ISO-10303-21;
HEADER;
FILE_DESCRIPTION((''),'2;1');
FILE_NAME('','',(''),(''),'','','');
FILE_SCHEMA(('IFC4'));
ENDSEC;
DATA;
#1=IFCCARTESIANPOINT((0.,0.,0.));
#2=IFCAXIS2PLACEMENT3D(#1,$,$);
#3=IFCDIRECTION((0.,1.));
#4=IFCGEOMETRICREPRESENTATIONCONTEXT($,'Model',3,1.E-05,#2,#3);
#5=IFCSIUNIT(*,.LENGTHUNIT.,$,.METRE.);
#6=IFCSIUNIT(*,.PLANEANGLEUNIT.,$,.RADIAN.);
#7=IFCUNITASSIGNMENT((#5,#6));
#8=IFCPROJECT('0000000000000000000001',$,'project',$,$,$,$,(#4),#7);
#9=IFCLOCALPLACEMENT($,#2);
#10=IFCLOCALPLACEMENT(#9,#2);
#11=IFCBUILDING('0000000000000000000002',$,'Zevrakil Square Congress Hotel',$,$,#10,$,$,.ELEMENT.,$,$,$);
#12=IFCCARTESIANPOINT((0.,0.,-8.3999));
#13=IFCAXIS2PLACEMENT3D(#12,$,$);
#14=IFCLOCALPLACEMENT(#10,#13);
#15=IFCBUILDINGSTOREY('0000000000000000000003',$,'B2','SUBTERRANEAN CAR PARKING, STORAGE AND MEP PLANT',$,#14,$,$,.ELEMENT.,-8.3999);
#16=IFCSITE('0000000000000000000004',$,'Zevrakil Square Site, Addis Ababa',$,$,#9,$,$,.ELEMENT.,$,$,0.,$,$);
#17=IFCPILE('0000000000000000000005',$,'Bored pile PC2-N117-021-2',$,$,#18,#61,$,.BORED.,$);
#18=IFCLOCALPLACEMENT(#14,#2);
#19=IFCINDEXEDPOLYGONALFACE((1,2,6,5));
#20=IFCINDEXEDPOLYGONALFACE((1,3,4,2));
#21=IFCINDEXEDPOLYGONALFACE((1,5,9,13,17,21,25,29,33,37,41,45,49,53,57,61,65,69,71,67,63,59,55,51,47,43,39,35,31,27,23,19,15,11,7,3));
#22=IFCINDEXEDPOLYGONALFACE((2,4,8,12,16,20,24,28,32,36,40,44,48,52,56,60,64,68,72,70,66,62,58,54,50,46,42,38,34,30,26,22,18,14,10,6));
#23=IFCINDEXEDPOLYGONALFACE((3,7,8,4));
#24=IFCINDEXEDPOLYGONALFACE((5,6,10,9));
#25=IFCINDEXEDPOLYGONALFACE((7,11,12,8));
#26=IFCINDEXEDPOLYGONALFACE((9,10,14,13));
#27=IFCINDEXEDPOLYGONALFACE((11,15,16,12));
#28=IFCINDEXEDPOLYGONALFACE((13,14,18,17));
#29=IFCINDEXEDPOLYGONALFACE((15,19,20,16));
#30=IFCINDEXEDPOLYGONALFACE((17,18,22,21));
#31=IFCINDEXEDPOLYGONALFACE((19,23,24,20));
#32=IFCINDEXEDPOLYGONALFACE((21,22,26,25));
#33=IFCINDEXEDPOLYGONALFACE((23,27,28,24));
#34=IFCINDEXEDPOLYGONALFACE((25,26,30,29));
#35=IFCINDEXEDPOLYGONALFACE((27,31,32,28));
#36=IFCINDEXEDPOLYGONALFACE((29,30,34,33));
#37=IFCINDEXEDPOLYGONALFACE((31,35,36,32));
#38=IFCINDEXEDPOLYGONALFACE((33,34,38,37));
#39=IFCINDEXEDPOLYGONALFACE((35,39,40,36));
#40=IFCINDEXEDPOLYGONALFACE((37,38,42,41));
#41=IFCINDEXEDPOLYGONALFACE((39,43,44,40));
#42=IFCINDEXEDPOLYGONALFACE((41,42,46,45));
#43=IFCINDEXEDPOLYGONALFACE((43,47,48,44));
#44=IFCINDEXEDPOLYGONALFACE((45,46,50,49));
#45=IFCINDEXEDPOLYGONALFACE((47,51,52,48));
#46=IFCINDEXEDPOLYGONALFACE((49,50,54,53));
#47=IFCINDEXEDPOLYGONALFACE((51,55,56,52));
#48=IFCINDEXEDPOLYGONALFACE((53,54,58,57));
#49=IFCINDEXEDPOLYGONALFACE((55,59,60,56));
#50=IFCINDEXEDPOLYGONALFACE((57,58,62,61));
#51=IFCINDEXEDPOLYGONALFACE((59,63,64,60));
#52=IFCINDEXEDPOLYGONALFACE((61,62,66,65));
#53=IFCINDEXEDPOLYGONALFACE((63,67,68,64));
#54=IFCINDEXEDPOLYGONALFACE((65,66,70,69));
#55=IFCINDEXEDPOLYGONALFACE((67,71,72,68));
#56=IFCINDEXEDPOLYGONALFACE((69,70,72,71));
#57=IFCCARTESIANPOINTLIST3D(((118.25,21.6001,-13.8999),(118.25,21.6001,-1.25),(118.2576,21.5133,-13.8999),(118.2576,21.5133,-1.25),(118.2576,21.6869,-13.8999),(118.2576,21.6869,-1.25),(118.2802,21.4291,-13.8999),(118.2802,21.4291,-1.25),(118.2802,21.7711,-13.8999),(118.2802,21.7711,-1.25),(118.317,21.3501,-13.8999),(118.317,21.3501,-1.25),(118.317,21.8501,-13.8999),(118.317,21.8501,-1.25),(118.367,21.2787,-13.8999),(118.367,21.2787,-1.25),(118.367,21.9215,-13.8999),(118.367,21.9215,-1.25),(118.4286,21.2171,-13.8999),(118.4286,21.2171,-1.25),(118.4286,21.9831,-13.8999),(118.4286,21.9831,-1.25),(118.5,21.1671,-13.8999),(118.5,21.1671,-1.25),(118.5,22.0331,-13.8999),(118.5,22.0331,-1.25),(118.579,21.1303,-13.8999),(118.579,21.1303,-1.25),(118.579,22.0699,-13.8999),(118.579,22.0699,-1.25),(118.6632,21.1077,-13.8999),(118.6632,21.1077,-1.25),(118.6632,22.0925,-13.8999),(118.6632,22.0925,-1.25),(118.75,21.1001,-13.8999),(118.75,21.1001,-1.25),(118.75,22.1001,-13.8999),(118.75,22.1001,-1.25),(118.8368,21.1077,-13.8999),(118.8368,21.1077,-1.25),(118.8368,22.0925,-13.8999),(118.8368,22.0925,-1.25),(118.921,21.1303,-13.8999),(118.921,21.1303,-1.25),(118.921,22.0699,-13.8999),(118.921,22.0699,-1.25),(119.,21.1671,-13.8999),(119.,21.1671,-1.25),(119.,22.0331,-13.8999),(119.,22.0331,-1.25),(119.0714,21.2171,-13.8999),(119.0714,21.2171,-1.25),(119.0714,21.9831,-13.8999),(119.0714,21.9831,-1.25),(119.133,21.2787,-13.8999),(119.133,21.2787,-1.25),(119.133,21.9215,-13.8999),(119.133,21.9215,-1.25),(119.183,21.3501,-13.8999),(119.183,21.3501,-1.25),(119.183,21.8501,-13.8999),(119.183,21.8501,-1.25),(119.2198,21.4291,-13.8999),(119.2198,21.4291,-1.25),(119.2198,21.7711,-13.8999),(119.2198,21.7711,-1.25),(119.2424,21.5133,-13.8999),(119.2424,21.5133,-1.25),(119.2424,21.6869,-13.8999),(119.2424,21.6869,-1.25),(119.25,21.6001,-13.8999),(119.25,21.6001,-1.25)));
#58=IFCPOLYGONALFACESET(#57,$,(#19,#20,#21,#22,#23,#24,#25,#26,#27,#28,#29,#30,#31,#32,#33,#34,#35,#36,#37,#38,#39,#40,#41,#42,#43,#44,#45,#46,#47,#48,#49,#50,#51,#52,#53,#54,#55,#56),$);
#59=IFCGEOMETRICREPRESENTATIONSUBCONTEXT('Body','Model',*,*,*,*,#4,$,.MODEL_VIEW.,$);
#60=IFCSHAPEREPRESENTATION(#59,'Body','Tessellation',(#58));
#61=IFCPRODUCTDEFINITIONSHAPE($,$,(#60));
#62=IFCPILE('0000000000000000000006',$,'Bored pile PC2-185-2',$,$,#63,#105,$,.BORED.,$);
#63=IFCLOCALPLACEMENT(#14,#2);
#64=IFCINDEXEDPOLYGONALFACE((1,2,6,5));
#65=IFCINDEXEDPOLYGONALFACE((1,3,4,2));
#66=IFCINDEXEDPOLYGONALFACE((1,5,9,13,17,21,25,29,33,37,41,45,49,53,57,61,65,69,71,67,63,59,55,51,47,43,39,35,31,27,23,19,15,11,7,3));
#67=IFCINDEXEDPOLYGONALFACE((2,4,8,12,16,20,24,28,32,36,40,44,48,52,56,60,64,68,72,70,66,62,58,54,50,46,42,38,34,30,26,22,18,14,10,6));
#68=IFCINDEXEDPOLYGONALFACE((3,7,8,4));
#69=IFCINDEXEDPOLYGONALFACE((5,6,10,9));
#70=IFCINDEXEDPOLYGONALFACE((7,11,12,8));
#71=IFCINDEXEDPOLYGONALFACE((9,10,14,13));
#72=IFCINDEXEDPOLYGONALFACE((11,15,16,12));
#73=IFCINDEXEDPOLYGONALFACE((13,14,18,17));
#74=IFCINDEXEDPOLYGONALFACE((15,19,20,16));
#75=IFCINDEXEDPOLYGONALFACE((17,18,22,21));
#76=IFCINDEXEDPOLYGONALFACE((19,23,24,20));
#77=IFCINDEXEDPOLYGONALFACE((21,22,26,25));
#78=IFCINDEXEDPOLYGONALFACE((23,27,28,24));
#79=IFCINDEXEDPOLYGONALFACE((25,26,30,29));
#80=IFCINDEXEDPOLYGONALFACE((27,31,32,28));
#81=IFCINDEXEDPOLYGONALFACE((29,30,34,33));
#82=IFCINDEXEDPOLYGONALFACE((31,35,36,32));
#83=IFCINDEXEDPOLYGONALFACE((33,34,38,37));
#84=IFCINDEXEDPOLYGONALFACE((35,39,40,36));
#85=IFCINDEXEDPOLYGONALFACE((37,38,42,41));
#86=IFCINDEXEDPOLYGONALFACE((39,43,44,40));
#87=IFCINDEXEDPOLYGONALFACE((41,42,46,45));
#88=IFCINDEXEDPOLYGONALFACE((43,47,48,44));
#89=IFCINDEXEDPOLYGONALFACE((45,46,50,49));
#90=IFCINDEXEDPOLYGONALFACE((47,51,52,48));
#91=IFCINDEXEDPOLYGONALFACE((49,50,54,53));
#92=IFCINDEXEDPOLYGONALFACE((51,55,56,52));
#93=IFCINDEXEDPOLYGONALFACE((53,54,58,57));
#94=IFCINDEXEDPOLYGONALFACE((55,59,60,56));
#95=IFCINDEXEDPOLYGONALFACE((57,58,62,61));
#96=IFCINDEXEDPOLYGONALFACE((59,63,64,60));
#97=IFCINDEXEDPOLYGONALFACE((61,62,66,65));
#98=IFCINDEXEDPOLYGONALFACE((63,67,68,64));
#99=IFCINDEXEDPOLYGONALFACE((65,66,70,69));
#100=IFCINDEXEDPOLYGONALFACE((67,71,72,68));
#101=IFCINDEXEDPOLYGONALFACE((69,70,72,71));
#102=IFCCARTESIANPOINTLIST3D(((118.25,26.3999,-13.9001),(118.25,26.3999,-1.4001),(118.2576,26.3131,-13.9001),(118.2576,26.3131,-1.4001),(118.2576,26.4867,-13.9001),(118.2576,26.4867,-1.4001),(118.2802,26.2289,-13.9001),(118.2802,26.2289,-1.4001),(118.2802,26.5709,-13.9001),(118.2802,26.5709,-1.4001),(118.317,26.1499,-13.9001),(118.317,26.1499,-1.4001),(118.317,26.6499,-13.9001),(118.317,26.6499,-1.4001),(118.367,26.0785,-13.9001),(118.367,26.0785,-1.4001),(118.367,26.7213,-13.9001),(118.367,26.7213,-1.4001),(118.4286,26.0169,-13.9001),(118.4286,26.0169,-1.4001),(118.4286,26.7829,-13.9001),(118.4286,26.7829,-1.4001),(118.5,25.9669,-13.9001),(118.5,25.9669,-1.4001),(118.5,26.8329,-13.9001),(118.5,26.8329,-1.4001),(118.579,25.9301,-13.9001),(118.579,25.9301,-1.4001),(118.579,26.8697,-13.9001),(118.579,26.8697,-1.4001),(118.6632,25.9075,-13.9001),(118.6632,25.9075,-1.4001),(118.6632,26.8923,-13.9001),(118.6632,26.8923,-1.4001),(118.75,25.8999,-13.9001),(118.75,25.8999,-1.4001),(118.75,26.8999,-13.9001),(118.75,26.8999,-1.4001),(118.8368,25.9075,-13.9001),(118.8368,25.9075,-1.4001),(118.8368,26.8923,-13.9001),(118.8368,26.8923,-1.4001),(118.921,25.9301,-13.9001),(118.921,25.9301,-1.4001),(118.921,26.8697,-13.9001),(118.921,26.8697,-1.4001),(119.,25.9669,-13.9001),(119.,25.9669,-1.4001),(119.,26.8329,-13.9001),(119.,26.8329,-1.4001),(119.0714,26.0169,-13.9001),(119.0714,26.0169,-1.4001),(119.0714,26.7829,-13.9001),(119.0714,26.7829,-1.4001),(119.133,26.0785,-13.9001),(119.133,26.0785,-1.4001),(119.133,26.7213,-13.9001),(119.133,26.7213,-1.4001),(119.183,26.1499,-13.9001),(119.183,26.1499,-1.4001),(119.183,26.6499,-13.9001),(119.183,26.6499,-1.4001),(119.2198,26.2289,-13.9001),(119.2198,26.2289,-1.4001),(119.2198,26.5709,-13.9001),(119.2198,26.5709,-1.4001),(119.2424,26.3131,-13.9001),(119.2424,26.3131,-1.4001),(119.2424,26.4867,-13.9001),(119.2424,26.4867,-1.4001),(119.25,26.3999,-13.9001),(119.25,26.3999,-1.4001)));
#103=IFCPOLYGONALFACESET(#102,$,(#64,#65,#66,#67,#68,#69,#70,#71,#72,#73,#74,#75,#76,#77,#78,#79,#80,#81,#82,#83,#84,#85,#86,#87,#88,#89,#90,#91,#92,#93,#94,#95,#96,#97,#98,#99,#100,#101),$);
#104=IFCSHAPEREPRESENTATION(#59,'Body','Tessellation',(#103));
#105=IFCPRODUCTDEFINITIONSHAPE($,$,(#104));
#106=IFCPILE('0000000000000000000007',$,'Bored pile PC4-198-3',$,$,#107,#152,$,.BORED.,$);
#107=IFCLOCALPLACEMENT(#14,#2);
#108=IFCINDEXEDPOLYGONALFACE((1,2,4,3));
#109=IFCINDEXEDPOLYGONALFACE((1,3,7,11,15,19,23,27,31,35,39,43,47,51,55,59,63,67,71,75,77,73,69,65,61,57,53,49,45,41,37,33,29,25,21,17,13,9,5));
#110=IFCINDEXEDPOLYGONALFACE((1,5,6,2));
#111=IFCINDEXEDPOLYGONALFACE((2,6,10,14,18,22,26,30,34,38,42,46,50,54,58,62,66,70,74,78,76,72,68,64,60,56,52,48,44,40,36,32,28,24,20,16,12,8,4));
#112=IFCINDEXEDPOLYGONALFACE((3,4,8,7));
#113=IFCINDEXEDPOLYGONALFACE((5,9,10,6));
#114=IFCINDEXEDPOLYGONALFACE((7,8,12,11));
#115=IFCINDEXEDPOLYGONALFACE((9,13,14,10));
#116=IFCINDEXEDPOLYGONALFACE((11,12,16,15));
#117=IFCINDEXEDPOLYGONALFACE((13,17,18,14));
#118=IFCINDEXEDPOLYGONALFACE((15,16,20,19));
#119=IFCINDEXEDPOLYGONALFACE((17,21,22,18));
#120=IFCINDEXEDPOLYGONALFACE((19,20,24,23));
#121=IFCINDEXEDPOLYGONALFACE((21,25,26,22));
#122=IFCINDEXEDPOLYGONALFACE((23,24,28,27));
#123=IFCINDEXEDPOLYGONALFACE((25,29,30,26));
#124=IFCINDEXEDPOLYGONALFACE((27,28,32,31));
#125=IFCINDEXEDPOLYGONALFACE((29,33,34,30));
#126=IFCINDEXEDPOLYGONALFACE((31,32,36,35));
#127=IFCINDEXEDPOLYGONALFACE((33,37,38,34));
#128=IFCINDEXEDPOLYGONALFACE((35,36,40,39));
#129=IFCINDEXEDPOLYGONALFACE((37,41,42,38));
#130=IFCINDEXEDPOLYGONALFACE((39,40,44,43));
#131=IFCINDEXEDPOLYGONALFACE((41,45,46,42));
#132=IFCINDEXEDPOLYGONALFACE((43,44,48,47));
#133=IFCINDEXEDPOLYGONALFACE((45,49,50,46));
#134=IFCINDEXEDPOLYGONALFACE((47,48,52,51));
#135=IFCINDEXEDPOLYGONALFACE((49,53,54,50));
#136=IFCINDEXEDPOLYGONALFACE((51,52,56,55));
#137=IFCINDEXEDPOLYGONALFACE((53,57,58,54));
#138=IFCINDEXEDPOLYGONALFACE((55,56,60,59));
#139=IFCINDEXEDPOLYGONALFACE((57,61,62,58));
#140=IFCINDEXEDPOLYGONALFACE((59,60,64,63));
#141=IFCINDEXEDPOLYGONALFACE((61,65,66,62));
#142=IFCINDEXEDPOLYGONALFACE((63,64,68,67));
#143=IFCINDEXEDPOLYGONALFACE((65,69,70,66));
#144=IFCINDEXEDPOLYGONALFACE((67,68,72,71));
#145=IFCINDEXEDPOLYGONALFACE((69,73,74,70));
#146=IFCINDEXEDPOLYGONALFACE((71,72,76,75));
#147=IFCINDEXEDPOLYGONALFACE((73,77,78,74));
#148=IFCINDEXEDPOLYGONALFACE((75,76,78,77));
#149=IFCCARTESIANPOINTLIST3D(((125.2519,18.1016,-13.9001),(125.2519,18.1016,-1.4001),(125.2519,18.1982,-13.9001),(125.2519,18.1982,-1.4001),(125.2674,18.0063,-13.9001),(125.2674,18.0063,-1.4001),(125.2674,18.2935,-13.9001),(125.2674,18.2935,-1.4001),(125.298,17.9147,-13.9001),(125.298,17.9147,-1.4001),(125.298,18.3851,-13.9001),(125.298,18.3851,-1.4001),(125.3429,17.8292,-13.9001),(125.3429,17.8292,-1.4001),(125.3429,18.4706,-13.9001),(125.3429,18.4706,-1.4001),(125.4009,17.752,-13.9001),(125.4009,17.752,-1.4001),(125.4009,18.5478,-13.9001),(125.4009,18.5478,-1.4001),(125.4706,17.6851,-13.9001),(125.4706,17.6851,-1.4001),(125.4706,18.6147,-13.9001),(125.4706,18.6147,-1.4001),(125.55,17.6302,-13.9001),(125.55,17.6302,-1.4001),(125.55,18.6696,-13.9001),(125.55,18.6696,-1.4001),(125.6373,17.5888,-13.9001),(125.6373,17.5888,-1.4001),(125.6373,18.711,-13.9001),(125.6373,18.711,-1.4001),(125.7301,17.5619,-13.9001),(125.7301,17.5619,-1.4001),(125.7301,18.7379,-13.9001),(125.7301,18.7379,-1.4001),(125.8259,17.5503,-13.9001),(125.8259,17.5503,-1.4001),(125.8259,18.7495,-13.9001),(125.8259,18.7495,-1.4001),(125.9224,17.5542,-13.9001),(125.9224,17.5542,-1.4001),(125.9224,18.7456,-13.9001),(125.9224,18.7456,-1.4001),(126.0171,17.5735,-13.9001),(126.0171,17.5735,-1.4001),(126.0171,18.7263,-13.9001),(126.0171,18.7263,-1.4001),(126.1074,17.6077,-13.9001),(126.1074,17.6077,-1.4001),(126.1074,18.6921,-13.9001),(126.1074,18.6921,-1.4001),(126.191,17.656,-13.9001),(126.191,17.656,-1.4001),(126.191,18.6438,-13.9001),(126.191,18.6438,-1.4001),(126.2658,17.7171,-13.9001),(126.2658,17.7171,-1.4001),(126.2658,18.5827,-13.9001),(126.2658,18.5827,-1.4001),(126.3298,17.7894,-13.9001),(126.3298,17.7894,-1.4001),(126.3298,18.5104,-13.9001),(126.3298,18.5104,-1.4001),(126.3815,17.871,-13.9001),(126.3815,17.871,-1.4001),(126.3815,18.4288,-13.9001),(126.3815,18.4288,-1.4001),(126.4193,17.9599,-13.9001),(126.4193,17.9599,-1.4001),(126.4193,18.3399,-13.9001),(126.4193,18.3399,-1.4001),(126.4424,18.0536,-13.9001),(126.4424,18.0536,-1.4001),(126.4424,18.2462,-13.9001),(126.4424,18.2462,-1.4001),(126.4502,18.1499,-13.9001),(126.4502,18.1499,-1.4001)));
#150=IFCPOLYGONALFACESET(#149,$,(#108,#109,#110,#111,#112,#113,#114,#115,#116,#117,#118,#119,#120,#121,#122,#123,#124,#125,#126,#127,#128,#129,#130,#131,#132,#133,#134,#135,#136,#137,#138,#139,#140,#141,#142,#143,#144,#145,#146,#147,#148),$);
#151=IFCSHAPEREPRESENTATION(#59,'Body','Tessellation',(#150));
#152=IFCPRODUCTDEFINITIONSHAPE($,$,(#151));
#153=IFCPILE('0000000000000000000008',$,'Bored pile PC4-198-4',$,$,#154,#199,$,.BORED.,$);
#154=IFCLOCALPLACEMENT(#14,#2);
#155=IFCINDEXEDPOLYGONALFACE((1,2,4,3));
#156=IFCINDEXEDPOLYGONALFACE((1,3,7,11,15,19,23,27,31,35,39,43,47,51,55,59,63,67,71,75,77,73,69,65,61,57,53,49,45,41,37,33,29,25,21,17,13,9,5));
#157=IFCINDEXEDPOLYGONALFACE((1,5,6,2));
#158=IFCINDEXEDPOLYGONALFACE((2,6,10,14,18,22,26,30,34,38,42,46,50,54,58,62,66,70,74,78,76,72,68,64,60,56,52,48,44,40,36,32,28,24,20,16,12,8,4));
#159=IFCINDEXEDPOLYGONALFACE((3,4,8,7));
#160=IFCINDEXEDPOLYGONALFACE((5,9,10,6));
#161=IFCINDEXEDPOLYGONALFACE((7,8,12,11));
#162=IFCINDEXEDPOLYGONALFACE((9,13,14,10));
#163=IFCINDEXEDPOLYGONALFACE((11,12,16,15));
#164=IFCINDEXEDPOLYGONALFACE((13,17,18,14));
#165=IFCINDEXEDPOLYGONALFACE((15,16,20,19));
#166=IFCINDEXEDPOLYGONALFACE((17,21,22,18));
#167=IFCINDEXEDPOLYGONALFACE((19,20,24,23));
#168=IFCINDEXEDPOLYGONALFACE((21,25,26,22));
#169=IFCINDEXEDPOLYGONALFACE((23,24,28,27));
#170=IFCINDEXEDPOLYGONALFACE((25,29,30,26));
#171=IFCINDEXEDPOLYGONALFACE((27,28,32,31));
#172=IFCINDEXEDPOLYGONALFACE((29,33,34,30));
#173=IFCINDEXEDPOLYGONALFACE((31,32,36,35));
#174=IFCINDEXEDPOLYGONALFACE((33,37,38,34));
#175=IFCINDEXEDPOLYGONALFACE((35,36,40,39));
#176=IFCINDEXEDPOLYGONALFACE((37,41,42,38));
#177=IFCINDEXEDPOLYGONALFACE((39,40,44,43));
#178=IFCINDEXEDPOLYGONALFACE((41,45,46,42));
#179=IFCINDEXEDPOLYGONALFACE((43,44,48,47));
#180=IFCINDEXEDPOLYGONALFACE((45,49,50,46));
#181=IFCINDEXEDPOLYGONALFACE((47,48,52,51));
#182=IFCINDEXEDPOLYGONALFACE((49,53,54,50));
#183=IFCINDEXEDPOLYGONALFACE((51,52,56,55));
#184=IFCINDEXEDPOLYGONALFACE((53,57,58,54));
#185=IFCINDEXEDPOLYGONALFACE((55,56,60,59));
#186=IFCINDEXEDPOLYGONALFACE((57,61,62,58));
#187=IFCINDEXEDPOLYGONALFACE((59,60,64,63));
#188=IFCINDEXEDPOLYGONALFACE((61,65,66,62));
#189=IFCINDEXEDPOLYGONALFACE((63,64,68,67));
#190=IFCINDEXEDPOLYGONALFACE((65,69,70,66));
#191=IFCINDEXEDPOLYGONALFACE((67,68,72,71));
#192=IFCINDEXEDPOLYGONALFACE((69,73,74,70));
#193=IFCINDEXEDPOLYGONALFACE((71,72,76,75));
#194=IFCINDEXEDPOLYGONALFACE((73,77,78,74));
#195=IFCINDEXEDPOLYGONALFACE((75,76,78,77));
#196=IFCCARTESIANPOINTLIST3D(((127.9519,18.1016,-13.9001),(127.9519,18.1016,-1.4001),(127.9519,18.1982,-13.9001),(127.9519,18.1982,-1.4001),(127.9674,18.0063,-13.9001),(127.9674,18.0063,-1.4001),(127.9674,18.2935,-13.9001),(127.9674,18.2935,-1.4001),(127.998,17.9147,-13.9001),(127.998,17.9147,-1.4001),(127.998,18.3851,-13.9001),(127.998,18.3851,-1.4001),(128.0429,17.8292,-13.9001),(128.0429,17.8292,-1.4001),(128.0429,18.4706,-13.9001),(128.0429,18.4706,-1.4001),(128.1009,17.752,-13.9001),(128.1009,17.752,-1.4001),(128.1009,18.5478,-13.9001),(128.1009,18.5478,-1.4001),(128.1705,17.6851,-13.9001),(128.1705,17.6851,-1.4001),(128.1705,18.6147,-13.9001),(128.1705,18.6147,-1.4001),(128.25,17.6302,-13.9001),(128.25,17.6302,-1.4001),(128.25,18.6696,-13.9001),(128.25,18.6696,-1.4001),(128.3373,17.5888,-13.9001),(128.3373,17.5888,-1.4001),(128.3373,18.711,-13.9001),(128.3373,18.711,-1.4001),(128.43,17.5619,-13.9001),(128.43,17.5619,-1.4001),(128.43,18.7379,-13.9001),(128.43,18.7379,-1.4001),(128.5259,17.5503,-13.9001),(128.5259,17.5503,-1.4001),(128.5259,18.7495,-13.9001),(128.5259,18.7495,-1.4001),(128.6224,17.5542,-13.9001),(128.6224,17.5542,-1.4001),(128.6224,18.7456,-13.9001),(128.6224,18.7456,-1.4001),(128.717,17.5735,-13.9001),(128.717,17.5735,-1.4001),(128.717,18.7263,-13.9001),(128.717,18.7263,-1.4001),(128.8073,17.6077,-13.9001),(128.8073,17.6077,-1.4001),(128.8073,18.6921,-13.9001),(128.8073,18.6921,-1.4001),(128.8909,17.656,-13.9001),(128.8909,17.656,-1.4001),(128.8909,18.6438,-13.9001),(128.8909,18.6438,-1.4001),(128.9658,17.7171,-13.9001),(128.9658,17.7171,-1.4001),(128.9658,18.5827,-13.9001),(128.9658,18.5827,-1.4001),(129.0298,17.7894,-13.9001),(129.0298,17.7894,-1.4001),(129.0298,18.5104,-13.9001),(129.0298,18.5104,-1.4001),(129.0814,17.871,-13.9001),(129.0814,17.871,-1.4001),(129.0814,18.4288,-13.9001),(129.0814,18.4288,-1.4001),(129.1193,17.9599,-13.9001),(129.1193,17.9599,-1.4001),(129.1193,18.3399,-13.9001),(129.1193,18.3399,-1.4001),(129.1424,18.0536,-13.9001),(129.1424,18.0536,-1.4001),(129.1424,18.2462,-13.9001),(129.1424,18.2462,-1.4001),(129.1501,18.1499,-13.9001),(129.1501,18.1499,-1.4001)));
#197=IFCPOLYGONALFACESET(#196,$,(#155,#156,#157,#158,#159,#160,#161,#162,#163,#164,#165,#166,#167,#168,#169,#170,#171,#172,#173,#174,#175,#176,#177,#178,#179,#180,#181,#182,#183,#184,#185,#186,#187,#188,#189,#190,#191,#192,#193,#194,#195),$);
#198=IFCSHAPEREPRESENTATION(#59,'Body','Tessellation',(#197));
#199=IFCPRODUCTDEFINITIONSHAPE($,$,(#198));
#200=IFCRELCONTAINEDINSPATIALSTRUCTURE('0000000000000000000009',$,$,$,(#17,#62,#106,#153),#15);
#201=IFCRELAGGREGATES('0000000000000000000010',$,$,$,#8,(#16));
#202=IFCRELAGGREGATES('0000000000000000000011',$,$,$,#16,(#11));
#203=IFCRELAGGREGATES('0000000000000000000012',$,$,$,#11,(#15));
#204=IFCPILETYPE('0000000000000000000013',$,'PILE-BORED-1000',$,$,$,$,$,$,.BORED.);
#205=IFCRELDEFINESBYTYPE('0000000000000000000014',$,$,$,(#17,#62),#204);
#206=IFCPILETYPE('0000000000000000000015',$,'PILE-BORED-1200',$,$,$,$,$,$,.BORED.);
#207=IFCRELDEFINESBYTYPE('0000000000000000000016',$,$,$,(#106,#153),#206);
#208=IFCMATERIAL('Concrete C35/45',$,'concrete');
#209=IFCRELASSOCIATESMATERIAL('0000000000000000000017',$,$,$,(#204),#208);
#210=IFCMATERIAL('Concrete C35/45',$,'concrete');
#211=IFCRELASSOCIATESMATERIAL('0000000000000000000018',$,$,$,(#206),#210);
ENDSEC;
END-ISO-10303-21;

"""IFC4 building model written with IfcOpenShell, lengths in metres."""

from ifc_helpers import new_model, si_unit, direction, frame, origin, origin_2d, place, context, subcontext, project, spatial, circle, extrude, material, material_profile, profile_set, type_object, element, save


model = new_model("IFC4")

# Units and contexts
model_context = context("Model", 3, precision=1e-05, world=origin(), true_north=direction((0.0, 1.0)))
body_context = subcontext(model_context, "Body", "Model", "MODEL_VIEW")
ifc_project = project(units=[si_unit("LENGTHUNIT", "METRE"), si_unit("PLANEANGLEUNIT", "RADIAN")], contexts=[model_context])

# Site, building, storey
site_placement = place(None, origin())
site = spatial("IfcSite", under=ifc_project, at=site_placement, Name="Zevrakil Square Site, Addis Ababa", CompositionType="ELEMENT", RefElevation=0.0)
building_placement = place(site_placement, origin())
building = spatial("IfcBuilding", under=site, at=building_placement, Name="Zevrakil Square Congress Hotel", CompositionType="ELEMENT")
storey_placement = place(building_placement, frame((0.0, 0.0, -8.3999)))
storey = spatial("IfcBuildingStorey", under=building, at=storey_placement, Name="B2", Description="SUBTERRANEAN CAR PARKING, STORAGE AND MEP PLANT", CompositionType="ELEMENT", Elevation=-8.3999)

# Piles
ifc_material_1 = material(Name="Concrete C35/45", Category="concrete")
ifc_material_profile_1 = material_profile(ifc_material_1, circle(Radius=0.5, at=origin_2d()), Name="PILE D1000")
ifc_profile_set_1 = profile_set([ifc_material_profile_1], Name="Concrete C35/45")
pile_type_1 = type_object("IfcPileType", Name="PILE-BORED-1000", PredefinedType="BORED", material=ifc_profile_set_1)
pile_1_placement = place(storey_placement, frame((118.75, 21.6001, -1.25), z_axis=(0.0, 0.0, -1.0), x_axis=(1.0, 0.0, 0.0)))
element("IfcPile", 1, at=pile_1_placement, inside=storey, type_object=pile_type_1, Name="Bored pile PC2-N117-021-2", PredefinedType="BORED", context=body_context, shape_type="SweptSolid", body=[
    extrude(circle(Radius=0.5, at=origin_2d()), origin(), (0.0, 0.0, 1.0), 12.6499),
])
pile_2_placement = place(storey_placement, frame((118.75, 26.3999, -1.4001), z_axis=(0.0, 0.0, -1.0), x_axis=(1.0, 0.0, 0.0)))
element("IfcPile", 2, at=pile_2_placement, inside=storey, type_object=pile_type_1, Name="Bored pile PC2-185-2", PredefinedType="BORED", context=body_context, shape_type="SweptSolid", body=[
    extrude(circle(Radius=0.5, at=origin_2d()), origin(), (0.0, 0.0, 1.0), 12.5),
])
ifc_material_2 = material(Name="Concrete C35/45", Category="concrete")
ifc_material_profile_2 = material_profile(ifc_material_2, circle(Radius=0.6001, at=origin_2d()), Name="PILE D1200")
ifc_profile_set_2 = profile_set([ifc_material_profile_2], Name="Concrete C35/45")
pile_type_2 = type_object("IfcPileType", Name="PILE-BORED-1200", PredefinedType="BORED", material=ifc_profile_set_2)
for number, where, z_axis, x_axis, name in (
    (3, (125.8501, 18.1499, -1.4001), (0.0, 0.0, -1.0), (1.0, 0.0, 0.0), "Bored pile PC4-198-3"),
    (4, (128.55, 18.1499, -1.4001), (0.0, 0.0, -1.0), (1.0, 0.0, 0.0), "Bored pile PC4-198-4"),
):
    element("IfcPile", number, at=place(storey_placement, frame(where, z_axis=z_axis, x_axis=x_axis)), inside=storey, type_object=pile_type_2, Name=name, PredefinedType="BORED", context=body_context, shape_type="SweptSolid", body=[
        extrude(circle(Radius=0.6001, at=origin_2d()), origin(), (0.0, 0.0, 1.0), 12.5),
    ])

save(model, "model.ifc")
